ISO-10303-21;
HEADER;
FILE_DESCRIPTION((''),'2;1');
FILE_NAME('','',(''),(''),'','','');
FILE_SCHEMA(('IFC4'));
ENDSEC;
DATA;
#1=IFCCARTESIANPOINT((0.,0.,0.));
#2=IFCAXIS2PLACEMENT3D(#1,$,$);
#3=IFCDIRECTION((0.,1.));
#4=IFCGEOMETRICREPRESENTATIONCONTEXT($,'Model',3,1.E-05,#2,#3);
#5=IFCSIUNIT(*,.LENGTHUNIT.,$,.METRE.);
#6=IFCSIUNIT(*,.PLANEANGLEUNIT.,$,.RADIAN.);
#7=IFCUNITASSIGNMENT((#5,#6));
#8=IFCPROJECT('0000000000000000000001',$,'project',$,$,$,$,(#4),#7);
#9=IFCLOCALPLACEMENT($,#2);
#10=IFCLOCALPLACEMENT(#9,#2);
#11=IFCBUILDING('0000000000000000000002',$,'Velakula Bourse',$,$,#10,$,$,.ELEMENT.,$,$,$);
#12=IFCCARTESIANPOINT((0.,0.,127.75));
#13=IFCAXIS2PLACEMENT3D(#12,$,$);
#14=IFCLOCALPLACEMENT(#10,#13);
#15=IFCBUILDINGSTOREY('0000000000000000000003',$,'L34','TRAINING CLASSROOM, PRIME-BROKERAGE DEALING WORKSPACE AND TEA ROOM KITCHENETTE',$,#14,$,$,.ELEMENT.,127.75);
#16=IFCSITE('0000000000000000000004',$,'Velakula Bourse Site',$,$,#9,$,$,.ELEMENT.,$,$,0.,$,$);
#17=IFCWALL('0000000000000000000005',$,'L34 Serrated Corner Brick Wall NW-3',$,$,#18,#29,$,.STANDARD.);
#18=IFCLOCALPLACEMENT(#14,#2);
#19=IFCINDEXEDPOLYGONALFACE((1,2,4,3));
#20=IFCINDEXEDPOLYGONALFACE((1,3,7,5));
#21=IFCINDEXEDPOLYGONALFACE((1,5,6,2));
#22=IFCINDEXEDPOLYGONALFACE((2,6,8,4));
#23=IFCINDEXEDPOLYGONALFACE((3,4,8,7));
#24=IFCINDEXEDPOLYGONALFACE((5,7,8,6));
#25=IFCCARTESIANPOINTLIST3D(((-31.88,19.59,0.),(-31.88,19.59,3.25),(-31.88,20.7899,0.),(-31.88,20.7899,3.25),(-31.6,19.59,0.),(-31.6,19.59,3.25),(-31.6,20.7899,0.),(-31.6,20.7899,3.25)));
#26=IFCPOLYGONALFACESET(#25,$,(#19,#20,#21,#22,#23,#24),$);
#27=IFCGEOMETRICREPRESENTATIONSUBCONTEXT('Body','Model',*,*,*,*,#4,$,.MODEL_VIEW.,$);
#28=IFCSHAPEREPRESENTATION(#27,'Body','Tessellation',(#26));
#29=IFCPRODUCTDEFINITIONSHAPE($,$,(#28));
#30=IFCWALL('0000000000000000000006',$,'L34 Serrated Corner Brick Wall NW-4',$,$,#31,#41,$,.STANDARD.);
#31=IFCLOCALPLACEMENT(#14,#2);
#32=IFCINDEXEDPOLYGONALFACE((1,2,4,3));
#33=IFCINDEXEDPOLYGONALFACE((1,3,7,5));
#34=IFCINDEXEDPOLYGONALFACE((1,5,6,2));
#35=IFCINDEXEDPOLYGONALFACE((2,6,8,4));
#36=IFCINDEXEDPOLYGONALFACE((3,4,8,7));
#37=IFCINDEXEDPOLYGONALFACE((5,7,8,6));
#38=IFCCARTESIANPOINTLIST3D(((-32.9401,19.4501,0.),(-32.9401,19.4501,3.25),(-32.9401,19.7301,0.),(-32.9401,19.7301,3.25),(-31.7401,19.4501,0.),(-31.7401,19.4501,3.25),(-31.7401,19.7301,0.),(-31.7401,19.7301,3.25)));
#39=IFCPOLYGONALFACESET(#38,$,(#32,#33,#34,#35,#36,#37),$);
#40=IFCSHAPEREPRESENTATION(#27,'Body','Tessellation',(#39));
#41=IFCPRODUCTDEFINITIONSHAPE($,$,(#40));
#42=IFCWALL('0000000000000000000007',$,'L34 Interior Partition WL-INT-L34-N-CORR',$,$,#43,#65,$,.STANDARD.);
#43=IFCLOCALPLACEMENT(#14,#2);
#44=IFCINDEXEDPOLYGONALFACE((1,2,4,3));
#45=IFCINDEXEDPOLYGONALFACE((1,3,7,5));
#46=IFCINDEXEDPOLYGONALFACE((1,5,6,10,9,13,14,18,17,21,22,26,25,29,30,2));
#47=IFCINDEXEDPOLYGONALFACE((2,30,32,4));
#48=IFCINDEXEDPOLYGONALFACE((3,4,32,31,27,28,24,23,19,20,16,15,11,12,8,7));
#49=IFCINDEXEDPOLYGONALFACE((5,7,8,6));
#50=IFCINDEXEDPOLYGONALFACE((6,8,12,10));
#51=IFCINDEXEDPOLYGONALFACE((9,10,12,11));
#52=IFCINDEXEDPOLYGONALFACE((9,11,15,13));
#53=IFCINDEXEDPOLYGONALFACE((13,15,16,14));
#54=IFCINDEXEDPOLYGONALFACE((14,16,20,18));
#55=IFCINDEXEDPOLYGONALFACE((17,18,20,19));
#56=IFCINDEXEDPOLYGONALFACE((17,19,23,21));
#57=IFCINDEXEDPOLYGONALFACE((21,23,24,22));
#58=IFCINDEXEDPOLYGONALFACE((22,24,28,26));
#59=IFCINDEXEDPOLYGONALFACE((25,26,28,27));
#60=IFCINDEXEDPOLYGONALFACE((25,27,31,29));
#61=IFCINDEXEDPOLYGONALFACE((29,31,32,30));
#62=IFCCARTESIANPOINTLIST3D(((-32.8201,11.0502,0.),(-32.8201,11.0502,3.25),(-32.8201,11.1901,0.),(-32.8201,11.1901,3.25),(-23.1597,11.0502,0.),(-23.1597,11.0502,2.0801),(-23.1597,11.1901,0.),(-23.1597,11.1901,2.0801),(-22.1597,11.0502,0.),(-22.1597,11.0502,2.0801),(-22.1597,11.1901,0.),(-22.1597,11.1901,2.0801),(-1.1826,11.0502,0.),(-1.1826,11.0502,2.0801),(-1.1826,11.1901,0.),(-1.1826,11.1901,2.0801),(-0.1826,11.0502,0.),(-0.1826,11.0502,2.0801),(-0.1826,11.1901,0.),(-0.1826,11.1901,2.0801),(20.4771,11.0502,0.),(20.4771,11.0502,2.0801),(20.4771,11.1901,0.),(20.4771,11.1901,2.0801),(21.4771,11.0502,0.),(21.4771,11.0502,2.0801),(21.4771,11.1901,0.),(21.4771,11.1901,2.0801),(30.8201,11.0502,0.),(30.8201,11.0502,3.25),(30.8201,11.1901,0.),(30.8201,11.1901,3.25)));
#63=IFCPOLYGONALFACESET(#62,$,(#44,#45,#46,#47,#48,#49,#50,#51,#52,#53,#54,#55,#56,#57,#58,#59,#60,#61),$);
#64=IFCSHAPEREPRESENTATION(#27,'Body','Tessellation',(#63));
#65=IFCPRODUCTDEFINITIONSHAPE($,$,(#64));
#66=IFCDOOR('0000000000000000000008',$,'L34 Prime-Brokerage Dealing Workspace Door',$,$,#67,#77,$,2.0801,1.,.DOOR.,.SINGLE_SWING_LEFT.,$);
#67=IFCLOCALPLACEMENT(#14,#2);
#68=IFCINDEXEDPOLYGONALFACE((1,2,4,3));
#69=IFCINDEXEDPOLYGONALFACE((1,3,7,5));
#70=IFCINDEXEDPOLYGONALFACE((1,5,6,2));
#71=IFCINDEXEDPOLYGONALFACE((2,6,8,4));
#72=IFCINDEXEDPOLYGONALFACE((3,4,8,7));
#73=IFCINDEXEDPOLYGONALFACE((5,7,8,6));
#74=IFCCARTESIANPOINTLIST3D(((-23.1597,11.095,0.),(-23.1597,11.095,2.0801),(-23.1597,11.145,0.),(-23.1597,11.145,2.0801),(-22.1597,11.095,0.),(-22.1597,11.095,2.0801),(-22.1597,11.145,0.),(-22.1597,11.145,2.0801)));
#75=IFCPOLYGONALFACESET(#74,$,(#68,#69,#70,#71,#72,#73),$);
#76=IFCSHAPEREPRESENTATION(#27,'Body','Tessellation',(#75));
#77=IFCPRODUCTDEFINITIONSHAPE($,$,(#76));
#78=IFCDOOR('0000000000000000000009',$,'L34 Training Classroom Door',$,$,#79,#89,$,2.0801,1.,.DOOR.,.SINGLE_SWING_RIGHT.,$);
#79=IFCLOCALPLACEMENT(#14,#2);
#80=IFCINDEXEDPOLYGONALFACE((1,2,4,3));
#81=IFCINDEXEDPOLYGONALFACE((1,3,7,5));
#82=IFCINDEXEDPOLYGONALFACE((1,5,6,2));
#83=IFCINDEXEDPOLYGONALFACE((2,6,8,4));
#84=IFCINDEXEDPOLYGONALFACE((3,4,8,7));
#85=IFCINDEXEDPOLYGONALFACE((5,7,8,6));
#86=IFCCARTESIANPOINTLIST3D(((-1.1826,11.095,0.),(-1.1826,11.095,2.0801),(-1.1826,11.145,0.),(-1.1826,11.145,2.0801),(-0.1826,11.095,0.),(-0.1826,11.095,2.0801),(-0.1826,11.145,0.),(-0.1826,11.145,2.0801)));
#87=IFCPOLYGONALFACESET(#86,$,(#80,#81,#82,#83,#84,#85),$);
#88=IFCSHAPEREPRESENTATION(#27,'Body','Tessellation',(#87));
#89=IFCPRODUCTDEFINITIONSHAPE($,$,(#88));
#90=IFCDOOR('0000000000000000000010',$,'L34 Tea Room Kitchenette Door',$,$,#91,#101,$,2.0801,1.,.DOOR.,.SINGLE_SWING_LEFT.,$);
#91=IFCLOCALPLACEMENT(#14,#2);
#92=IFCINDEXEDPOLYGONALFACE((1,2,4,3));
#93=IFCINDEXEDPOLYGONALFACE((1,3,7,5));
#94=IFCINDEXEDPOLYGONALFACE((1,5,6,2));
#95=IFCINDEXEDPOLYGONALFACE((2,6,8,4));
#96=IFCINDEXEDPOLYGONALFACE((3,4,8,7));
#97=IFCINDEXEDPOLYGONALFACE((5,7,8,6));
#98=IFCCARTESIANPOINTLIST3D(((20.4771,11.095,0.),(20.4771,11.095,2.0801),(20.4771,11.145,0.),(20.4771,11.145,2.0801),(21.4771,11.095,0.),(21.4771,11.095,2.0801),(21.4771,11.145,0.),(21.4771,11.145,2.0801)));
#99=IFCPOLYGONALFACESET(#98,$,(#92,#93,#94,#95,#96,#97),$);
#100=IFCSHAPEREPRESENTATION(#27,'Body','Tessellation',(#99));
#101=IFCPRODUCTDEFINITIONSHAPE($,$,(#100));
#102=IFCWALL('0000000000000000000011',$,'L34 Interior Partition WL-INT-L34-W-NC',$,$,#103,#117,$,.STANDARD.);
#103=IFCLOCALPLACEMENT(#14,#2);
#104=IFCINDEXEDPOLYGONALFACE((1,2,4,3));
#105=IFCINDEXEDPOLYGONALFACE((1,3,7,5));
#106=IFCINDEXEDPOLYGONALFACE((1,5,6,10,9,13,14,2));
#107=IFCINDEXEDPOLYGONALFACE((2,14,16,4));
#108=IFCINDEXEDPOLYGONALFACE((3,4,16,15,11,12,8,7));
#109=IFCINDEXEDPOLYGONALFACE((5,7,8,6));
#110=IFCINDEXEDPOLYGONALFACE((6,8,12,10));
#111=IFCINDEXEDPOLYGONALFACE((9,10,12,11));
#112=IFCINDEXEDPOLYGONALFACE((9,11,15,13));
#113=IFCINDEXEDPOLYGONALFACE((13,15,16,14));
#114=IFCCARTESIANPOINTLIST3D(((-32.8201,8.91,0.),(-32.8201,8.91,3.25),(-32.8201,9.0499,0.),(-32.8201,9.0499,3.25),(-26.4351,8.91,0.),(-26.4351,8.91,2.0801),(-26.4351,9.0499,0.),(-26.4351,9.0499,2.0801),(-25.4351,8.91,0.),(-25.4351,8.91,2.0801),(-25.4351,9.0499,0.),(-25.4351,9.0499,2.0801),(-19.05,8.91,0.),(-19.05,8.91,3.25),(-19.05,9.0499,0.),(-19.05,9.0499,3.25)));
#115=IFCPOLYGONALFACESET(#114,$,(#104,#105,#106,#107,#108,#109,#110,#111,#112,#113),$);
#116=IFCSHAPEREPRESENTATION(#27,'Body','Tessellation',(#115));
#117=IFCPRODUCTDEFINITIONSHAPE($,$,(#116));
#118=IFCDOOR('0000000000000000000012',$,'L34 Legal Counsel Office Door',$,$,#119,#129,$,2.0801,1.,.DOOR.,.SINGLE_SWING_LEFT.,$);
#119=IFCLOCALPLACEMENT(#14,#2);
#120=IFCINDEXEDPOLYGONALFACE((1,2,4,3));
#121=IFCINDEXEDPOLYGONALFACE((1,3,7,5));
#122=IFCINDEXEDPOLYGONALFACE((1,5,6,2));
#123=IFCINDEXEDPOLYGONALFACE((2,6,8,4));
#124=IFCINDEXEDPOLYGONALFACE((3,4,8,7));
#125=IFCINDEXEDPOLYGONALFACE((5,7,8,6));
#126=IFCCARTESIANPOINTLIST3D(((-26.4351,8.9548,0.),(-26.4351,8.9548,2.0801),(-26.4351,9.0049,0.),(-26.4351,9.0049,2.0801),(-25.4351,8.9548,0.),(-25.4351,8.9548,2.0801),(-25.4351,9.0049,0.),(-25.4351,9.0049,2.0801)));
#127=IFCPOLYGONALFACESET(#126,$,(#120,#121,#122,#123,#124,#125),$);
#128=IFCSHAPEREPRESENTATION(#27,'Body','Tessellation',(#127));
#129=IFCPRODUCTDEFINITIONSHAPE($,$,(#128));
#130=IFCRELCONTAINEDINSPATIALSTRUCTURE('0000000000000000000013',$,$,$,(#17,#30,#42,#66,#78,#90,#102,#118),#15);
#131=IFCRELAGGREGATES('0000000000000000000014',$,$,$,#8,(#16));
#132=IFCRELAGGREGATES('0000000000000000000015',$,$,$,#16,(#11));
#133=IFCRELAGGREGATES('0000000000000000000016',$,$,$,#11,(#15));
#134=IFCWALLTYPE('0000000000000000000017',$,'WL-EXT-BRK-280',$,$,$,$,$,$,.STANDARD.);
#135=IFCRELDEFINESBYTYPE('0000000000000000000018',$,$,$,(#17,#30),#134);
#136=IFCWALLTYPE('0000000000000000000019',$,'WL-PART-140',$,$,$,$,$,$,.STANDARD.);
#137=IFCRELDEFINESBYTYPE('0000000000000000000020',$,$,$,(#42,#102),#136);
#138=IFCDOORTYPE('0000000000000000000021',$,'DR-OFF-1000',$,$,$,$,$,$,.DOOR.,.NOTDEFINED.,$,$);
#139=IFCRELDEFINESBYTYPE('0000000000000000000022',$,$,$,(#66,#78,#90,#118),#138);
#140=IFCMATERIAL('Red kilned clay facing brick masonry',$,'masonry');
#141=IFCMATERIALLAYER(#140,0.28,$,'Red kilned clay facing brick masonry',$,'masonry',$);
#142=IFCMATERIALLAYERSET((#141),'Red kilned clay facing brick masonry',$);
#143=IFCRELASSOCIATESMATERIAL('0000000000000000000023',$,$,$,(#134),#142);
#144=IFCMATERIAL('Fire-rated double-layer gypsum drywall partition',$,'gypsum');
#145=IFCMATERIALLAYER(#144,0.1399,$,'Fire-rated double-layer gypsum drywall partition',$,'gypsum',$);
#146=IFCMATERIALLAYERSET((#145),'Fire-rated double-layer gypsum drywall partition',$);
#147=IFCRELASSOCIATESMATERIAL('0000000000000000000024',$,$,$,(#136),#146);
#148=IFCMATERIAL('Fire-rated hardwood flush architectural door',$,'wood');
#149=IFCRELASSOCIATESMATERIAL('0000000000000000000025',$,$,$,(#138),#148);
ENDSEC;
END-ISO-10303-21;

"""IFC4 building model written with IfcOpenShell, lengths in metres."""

from ifc_helpers import new_model, si_unit, direction, frame, frame_2d, origin, place, context, subcontext, project, spatial, rectangle, extrude, material, layer, layer_set, type_object, element, fill, save


model = new_model("IFC4")

# Units and contexts
model_context = context("Model", 3, precision=1e-05, world=origin(), true_north=direction((0.0, 1.0)))
body_context = subcontext(model_context, "Body", "Model", "MODEL_VIEW")
ifc_project = project(units=[si_unit("LENGTHUNIT", "METRE"), si_unit("PLANEANGLEUNIT", "RADIAN")], contexts=[model_context])

# Site, building, storey
site_placement = place(None, origin())
site = spatial("IfcSite", under=ifc_project, at=site_placement, Name="Velakula Bourse Site", CompositionType="ELEMENT", RefElevation=0.0)
building_placement = place(site_placement, origin())
building = spatial("IfcBuilding", under=site, at=building_placement, Name="Velakula Bourse", CompositionType="ELEMENT")
storey_placement = place(building_placement, frame((0.0, 0.0, 127.75)))
storey = spatial("IfcBuildingStorey", under=building, at=storey_placement, Name="L34", Description="TRAINING CLASSROOM, PRIME-BROKERAGE DEALING WORKSPACE AND TEA ROOM KITCHENETTE", CompositionType="ELEMENT", Elevation=127.75)

# Shared definitions
ifc_material_1 = material(Name="Red kilned clay facing brick masonry", Category="masonry")
ifc_layer_1 = layer(ifc_material_1, 0.28, Name="Red kilned clay facing brick masonry", Category="masonry")
ifc_layer_set_1 = layer_set([ifc_layer_1], Name="Red kilned clay facing brick masonry")
wall_type_1 = type_object("IfcWallType", Name="WL-EXT-BRK-280", PredefinedType="STANDARD", material=ifc_layer_set_1)

# Walls
for number, where, z_axis, x_axis, name in (
    (1, (-31.74, 20.79, 0.0), (0.0, 0.0, 1.0), (0.0, -1.0, 0.0), "L34 Serrated Corner Brick Wall NW-3"),
    (2, (-31.74, 19.5901, 0.0), (0.0, 0.0, 1.0), (-1.0, 0.0, 0.0), "L34 Serrated Corner Brick Wall NW-4"),
):
    element("IfcWall", number, at=place(storey_placement, frame(where, z_axis=z_axis, x_axis=x_axis)), inside=storey, type_object=wall_type_1, Name=name, PredefinedType="STANDARD", context=body_context, shape_type="SweptSolid", body=[
        extrude(rectangle(XDim=1.2, YDim=0.28, at=frame_2d((0.6001, 0.0))), origin(), (0.0, 0.0, 1.0), 3.25),
    ])

# Wall, openings, doors
ifc_material_2 = material(Name="Fire-rated double-layer gypsum drywall partition", Category="gypsum")
ifc_layer_2 = layer(ifc_material_2, 0.1399, Name="Fire-rated double-layer gypsum drywall partition", Category="gypsum")
ifc_layer_set_2 = layer_set([ifc_layer_2], Name="Fire-rated double-layer gypsum drywall partition")
wall_type_2 = type_object("IfcWallType", Name="WL-PART-140", PredefinedType="STANDARD", material=ifc_layer_set_2)
wall_1_placement = place(storey_placement, frame((-32.8201, 11.1201, 0.0), z_axis=(0.0, 0.0, 1.0), x_axis=(1.0, 0.0, 0.0)))
wall_1 = element("IfcWall", 3, at=wall_1_placement, inside=storey, type_object=wall_type_2, Name="L34 Interior Partition WL-INT-L34-N-CORR", PredefinedType="STANDARD", context=body_context, shape_type="SweptSolid", body=[
    extrude(rectangle(XDim=63.6401, YDim=0.1399, at=frame_2d((31.8201, 0.0))), origin(), (0.0, 0.0, 1.0), 3.25),
])
opening_1_placement = place(wall_1_placement, frame((9.6604, 0.0, 0.0)))
opening_1 = element("IfcOpeningElement", 4, at=opening_1_placement, cuts=wall_1, PredefinedType="OPENING", context=body_context, shape_type="SweptSolid", body=[
    extrude(rectangle(XDim=1.0, YDim=2.0801, at=frame_2d((0.5, 1.04))), frame((0.0, 0.0798, 0.0), z_axis=(0.0, -1.0, 0.0), x_axis=(1.0, 0.0, 0.0)), (0.0, 0.0, 1.0), 0.1599),
])
opening_2_placement = place(wall_1_placement, frame((31.6375, 0.0, 0.0)))
opening_2 = element("IfcOpeningElement", 5, at=opening_2_placement, cuts=wall_1, PredefinedType="OPENING", context=body_context, shape_type="SweptSolid", body=[
    extrude(rectangle(XDim=1.0, YDim=2.0801, at=frame_2d((0.5, 1.04))), frame((0.0, 0.0798, 0.0), z_axis=(0.0, -1.0, 0.0), x_axis=(1.0, 0.0, 0.0)), (0.0, 0.0, 1.0), 0.1599),
])
opening_3_placement = place(wall_1_placement, frame((53.2971, 0.0, 0.0)))
opening_3 = element("IfcOpeningElement", 6, at=opening_3_placement, cuts=wall_1, PredefinedType="OPENING", context=body_context, shape_type="SweptSolid", body=[
    extrude(rectangle(XDim=1.0, YDim=2.0801, at=frame_2d((0.5, 1.04))), frame((0.0, 0.0798, 0.0), z_axis=(0.0, -1.0, 0.0), x_axis=(1.0, 0.0, 0.0)), (0.0, 0.0, 1.0), 0.1599),
])
ifc_material_3 = material(Name="Fire-rated hardwood flush architectural door", Category="wood")
door_type = type_object("IfcDoorType", Name="DR-OFF-1000", OperationType="NOTDEFINED", PredefinedType="DOOR", material=ifc_material_3)
door_1_placement = place(opening_1_placement, origin())
door_1 = element("IfcDoor", 7, at=door_1_placement, inside=storey, type_object=door_type, Name="L34 Prime-Brokerage Dealing Workspace Door", OperationType="SINGLE_SWING_LEFT", OverallHeight=2.0801, OverallWidth=1.0, PredefinedType="DOOR", context=body_context, shape_type="SweptSolid", body=[
    extrude(rectangle(XDim=1.0, YDim=2.0801, at=frame_2d((0.5, 1.04))), frame((0.0, 0.0249, 0.0), z_axis=(0.0, -1.0, 0.0), x_axis=(1.0, 0.0, 0.0)), (0.0, 0.0, 1.0), 0.05),
])
fill(opening_1, door_1)
door_2_placement = place(opening_2_placement, origin())
door_2 = element("IfcDoor", 8, at=door_2_placement, inside=storey, type_object=door_type, Name="L34 Training Classroom Door", OperationType="SINGLE_SWING_RIGHT", OverallHeight=2.0801, OverallWidth=1.0, PredefinedType="DOOR", context=body_context, shape_type="SweptSolid", body=[
    extrude(rectangle(XDim=1.0, YDim=2.0801, at=frame_2d((0.5, 1.04))), frame((0.0, 0.0249, 0.0), z_axis=(0.0, -1.0, 0.0), x_axis=(1.0, 0.0, 0.0)), (0.0, 0.0, 1.0), 0.05),
])
fill(opening_2, door_2)
door_3_placement = place(opening_3_placement, origin())
door_3 = element("IfcDoor", 9, at=door_3_placement, inside=storey, type_object=door_type, Name="L34 Tea Room Kitchenette Door", OperationType="SINGLE_SWING_LEFT", OverallHeight=2.0801, OverallWidth=1.0, PredefinedType="DOOR", context=body_context, shape_type="SweptSolid", body=[
    extrude(rectangle(XDim=1.0, YDim=2.0801, at=frame_2d((0.5, 1.04))), frame((0.0, 0.0249, 0.0), z_axis=(0.0, -1.0, 0.0), x_axis=(1.0, 0.0, 0.0)), (0.0, 0.0, 1.0), 0.05),
])
fill(opening_3, door_3)

# Wall, opening, door
wall_2_placement = place(storey_placement, frame((-32.8201, 8.98, 0.0), z_axis=(0.0, 0.0, 1.0), x_axis=(1.0, 0.0, 0.0)))
wall_2 = element("IfcWall", 10, at=wall_2_placement, inside=storey, type_object=wall_type_2, Name="L34 Interior Partition WL-INT-L34-W-NC", PredefinedType="STANDARD", context=body_context, shape_type="SweptSolid", body=[
    extrude(rectangle(XDim=13.77, YDim=0.1399, at=frame_2d((6.885, 0.0))), origin(), (0.0, 0.0, 1.0), 3.25),
])
opening_4_placement = place(wall_2_placement, frame((6.385, 0.0, 0.0)))
opening_4 = element("IfcOpeningElement", 11, at=opening_4_placement, cuts=wall_2, PredefinedType="OPENING", context=body_context, shape_type="SweptSolid", body=[
    extrude(rectangle(XDim=1.0, YDim=2.0801, at=frame_2d((0.5, 1.04))), frame((0.0, 0.0798, 0.0), z_axis=(0.0, -1.0, 0.0), x_axis=(1.0, 0.0, 0.0)), (0.0, 0.0, 1.0), 0.1599),
])
door_4_placement = place(opening_4_placement, origin())
door_4 = element("IfcDoor", 12, at=door_4_placement, inside=storey, type_object=door_type, Name="L34 Legal Counsel Office Door", OperationType="SINGLE_SWING_LEFT", OverallHeight=2.0801, OverallWidth=1.0, PredefinedType="DOOR", context=body_context, shape_type="SweptSolid", body=[
    extrude(rectangle(XDim=1.0, YDim=2.0801, at=frame_2d((0.5, 1.04))), frame((0.0, 0.0249, 0.0), z_axis=(0.0, -1.0, 0.0), x_axis=(1.0, 0.0, 0.0)), (0.0, 0.0, 1.0), 0.05),
])
fill(opening_4, door_4)

save(model, "model.ifc")
